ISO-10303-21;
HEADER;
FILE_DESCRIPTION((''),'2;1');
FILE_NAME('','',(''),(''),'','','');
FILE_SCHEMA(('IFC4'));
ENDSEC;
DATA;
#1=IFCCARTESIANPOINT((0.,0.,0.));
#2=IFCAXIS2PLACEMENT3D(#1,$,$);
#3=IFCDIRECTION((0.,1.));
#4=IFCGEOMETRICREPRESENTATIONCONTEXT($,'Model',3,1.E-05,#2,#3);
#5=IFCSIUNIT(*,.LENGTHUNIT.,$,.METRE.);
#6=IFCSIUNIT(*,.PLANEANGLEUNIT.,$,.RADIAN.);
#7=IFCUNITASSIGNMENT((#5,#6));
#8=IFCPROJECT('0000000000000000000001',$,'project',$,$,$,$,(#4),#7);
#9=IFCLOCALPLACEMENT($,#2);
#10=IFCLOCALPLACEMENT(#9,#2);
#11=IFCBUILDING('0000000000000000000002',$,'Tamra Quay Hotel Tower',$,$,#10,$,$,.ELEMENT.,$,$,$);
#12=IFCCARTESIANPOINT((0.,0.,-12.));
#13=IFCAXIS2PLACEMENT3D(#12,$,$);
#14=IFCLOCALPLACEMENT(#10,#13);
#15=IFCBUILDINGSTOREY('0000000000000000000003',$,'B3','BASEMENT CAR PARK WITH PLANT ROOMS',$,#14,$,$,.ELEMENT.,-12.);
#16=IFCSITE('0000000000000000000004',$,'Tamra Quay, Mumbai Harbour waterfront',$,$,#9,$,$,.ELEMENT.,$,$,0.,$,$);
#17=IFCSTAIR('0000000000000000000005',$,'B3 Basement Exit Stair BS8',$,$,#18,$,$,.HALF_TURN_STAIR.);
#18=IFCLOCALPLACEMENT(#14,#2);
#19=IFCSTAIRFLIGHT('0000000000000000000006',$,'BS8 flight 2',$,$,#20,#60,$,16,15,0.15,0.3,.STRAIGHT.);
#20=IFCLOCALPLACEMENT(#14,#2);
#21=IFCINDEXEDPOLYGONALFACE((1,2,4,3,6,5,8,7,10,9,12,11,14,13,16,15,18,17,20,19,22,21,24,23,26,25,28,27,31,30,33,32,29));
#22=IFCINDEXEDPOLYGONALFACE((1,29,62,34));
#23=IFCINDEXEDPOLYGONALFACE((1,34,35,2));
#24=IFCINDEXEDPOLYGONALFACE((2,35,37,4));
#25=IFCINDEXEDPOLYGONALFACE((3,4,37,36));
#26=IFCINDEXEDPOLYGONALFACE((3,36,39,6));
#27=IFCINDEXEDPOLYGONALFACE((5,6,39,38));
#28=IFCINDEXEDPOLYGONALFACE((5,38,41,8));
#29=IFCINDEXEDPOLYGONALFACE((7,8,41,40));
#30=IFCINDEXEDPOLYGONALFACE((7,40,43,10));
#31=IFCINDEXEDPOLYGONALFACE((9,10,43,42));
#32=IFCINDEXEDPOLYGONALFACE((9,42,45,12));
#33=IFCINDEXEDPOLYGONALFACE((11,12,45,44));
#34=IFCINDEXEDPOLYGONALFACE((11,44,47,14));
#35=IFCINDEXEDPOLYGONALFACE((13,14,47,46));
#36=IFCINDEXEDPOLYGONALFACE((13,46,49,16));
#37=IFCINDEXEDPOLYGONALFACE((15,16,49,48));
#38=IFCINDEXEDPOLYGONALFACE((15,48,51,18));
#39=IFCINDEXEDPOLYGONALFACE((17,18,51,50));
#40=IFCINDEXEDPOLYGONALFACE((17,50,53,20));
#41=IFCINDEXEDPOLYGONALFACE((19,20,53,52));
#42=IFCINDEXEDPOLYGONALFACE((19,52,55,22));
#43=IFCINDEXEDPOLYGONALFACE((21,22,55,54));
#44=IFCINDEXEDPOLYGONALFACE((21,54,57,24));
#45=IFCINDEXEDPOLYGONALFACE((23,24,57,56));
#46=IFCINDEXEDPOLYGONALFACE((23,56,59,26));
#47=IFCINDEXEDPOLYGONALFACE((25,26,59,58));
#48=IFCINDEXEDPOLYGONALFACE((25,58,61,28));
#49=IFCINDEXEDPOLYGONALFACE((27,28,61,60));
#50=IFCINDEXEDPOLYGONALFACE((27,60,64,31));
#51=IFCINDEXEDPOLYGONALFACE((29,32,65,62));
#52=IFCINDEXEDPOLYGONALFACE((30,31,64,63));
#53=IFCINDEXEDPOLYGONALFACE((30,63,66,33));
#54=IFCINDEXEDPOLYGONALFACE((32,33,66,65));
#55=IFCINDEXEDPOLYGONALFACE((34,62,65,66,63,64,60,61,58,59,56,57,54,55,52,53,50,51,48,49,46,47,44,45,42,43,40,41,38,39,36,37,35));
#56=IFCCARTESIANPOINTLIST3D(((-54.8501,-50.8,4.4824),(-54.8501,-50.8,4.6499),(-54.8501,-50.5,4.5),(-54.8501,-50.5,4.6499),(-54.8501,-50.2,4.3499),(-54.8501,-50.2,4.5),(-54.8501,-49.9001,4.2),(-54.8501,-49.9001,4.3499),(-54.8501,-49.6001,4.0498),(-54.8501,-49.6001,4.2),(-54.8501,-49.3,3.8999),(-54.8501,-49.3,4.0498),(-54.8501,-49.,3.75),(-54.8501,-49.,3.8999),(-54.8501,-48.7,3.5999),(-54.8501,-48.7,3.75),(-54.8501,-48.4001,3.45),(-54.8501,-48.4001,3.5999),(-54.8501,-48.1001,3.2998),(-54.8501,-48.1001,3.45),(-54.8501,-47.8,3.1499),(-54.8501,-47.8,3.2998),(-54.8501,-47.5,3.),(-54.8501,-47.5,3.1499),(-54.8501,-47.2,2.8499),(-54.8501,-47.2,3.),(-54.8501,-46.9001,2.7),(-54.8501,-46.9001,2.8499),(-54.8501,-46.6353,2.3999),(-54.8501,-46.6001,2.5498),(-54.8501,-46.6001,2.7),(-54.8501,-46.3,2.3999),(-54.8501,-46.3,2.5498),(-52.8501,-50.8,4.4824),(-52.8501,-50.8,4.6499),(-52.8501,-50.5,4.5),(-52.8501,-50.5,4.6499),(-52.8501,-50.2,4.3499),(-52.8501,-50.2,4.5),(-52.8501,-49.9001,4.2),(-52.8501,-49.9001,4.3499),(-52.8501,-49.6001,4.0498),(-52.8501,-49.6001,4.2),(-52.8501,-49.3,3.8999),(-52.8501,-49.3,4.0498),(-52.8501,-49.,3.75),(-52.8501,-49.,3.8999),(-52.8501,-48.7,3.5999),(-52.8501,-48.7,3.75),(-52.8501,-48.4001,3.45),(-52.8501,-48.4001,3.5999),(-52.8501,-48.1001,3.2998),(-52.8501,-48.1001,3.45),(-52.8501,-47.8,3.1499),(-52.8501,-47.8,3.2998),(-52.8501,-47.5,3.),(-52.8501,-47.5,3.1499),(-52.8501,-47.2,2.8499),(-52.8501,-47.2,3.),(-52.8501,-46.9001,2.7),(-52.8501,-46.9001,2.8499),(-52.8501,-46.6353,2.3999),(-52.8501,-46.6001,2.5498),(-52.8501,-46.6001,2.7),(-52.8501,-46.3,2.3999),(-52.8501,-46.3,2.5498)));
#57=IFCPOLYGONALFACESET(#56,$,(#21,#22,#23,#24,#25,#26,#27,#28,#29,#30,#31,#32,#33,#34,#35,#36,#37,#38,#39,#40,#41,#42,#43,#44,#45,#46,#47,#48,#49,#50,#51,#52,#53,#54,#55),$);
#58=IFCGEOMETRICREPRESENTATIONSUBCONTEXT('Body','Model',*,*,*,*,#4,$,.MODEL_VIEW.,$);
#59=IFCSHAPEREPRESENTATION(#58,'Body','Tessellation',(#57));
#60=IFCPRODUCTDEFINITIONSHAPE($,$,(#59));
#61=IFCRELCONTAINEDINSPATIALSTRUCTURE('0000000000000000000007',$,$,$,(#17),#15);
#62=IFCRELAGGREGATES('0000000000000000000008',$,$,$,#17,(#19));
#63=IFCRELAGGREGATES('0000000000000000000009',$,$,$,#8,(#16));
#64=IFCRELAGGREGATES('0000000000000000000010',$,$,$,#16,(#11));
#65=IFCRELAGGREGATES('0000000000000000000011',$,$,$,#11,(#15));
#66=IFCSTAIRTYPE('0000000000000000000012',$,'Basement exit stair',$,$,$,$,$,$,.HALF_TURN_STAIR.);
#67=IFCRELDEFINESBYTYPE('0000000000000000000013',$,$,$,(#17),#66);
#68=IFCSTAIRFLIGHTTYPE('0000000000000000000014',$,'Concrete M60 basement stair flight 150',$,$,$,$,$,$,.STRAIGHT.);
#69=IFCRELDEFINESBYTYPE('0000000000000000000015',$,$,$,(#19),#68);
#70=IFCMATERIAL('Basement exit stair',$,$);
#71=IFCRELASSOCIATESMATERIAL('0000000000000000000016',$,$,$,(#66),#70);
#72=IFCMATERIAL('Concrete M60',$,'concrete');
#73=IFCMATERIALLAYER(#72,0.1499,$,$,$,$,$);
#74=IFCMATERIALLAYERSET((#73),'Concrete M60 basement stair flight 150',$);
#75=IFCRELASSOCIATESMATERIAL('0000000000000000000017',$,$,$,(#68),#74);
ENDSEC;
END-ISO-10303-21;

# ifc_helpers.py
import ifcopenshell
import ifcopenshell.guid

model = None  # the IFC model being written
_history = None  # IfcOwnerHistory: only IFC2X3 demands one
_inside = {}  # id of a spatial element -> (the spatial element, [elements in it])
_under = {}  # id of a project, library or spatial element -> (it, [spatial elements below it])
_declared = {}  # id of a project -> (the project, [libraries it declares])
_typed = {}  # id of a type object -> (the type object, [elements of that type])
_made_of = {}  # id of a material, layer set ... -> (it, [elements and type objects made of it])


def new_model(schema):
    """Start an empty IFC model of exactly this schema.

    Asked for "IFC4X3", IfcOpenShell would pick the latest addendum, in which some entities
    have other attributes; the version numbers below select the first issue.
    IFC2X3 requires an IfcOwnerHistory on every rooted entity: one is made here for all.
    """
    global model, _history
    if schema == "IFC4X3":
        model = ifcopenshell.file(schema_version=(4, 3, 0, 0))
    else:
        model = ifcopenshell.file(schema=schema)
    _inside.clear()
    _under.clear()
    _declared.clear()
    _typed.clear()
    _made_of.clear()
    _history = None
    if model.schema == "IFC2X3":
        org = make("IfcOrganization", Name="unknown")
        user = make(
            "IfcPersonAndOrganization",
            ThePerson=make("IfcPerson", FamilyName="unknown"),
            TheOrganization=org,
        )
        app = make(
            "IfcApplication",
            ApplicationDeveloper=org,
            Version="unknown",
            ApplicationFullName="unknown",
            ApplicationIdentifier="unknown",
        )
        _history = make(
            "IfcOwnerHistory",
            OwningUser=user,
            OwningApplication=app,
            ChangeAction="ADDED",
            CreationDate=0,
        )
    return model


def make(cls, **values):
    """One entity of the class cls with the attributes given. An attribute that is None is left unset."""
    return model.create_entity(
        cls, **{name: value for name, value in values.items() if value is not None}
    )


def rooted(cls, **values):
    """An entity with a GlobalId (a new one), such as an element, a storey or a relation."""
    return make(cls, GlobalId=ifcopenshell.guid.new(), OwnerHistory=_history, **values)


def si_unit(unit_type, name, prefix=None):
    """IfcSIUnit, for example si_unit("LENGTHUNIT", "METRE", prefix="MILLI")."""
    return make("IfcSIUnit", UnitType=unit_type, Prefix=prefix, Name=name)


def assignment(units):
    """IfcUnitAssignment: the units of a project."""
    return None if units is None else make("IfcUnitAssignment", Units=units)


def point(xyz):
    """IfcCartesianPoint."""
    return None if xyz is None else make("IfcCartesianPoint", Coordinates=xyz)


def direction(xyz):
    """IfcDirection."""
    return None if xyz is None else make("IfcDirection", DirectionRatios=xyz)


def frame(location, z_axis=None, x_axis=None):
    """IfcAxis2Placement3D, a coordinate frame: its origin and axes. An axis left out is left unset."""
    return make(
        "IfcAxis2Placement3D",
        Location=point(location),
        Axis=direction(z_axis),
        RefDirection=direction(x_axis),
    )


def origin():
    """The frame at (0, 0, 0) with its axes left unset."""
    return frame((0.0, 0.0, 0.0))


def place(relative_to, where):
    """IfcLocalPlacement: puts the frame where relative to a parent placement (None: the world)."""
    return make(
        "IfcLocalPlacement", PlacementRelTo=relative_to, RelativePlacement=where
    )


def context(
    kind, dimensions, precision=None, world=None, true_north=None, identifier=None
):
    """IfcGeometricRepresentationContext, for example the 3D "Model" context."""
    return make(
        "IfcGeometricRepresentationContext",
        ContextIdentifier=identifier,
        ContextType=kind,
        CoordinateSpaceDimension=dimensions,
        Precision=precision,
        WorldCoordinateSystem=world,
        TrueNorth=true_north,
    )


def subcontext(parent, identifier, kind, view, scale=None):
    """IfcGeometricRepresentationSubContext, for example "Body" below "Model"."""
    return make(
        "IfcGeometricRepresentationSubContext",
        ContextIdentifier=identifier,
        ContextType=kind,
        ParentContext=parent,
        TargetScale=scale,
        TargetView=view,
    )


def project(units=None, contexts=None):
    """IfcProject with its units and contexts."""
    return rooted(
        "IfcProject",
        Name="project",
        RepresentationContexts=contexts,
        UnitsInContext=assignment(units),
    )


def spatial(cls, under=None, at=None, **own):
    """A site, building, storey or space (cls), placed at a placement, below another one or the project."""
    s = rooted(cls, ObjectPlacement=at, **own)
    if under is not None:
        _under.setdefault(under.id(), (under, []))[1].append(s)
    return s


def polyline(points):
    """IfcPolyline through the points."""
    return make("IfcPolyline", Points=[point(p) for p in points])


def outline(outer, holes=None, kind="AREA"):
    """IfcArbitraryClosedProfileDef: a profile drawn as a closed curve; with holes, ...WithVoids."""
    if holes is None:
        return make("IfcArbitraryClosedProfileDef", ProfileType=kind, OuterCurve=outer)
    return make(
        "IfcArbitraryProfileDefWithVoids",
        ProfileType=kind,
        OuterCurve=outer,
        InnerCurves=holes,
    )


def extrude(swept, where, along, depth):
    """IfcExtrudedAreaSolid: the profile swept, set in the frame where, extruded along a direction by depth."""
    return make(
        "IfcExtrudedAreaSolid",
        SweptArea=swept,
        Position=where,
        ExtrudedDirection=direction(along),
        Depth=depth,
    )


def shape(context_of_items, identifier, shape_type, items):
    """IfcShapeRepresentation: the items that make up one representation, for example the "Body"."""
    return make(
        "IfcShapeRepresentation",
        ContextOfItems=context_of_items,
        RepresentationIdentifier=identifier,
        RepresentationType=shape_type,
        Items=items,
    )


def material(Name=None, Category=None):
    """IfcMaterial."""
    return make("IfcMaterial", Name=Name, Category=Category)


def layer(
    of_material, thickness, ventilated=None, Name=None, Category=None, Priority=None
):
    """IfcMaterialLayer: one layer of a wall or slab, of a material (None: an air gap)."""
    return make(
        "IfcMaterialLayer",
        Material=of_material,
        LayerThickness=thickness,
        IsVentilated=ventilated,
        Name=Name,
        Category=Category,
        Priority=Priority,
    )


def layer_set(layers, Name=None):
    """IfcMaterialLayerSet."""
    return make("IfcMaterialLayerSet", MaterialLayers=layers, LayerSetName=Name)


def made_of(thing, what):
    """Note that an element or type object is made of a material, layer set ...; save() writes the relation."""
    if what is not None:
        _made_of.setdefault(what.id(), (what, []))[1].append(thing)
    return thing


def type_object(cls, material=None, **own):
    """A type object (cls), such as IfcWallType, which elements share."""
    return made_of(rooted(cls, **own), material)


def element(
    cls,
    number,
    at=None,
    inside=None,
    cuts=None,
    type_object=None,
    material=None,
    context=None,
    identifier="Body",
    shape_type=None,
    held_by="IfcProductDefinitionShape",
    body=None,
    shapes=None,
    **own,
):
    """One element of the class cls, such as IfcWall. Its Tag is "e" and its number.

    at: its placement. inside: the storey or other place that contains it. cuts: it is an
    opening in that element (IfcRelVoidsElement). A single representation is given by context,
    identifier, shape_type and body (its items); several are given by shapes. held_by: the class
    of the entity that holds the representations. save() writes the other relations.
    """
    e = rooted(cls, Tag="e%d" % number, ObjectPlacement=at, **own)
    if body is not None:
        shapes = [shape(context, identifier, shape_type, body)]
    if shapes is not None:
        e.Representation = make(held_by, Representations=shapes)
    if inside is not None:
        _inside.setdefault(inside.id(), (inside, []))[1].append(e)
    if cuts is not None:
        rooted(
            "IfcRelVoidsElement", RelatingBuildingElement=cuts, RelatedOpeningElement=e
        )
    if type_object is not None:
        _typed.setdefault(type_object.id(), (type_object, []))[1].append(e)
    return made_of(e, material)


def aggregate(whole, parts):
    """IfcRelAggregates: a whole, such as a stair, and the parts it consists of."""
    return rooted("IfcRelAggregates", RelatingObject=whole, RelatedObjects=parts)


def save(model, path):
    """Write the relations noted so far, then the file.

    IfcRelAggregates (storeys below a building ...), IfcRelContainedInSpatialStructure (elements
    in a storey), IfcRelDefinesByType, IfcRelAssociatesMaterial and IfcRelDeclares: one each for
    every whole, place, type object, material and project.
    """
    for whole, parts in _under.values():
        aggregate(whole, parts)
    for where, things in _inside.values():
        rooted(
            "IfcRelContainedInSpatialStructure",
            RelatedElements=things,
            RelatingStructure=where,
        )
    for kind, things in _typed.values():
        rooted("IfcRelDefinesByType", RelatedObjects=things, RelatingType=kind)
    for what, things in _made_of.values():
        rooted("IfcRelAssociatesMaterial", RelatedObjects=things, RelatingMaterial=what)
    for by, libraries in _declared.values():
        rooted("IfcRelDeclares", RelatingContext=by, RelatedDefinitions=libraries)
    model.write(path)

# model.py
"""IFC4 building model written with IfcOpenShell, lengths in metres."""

from ifc_helpers import new_model, si_unit, direction, frame, origin, place, context, subcontext, project, spatial, polyline, outline, extrude, material, layer, layer_set, type_object, element, aggregate, save


model = new_model("IFC4")

# Units and contexts
model_context = context("Model", 3, precision=1e-05, world=origin(), true_north=direction((0.0, 1.0)))
body_context = subcontext(model_context, "Body", "Model", "MODEL_VIEW")
ifc_project = project(units=[si_unit("LENGTHUNIT", "METRE"), si_unit("PLANEANGLEUNIT", "RADIAN")], contexts=[model_context])

# Site, building, storey
site_placement = place(None, origin())
site = spatial("IfcSite", under=ifc_project, at=site_placement, Name="Tamra Quay, Mumbai Harbour waterfront", CompositionType="ELEMENT", RefElevation=0.0)
building_placement = place(site_placement, origin())
building = spatial("IfcBuilding", under=site, at=building_placement, Name="Tamra Quay Hotel Tower", CompositionType="ELEMENT")
storey_placement = place(building_placement, frame((0.0, 0.0, -12.0)))
storey = spatial("IfcBuildingStorey", under=building, at=storey_placement, Name="B3", Description="BASEMENT CAR PARK WITH PLANT ROOMS", CompositionType="ELEMENT", Elevation=-12.0)

# Stair, stair flight
ifc_material_1 = material(Name="Basement exit stair")
stair_type = type_object("IfcStairType", Name="Basement exit stair", PredefinedType="HALF_TURN_STAIR", material=ifc_material_1)
stair_placement = place(storey_placement, origin())
stair = element("IfcStair", 1, at=stair_placement, inside=storey, type_object=stair_type, Name="B3 Basement Exit Stair BS8", PredefinedType="HALF_TURN_STAIR")
ifc_material_2 = material(Name="Concrete M60", Category="concrete")
ifc_layer_1 = layer(ifc_material_2, 0.1499)
ifc_layer_set_1 = layer_set([ifc_layer_1], Name="Concrete M60 basement stair flight 150")
stair_flight_type = type_object("IfcStairFlightType", Name="Concrete M60 basement stair flight 150", PredefinedType="STRAIGHT", material=ifc_layer_set_1)
stair_flight_placement = place(storey_placement, frame((-53.8501, -46.3, 2.3999), z_axis=(0.0, 0.0, 1.0), x_axis=(0.0, -1.0, 0.0)))
stair_flight = element("IfcStairFlight", 2, at=stair_flight_placement, type_object=stair_flight_type, Name="BS8 flight 2", NumberOfRisers=16, NumberOfTreads=15, PredefinedType="STRAIGHT", RiserHeight=0.15, TreadLength=0.3, context=body_context, shape_type="SweptSolid", body=[
    extrude(outline(polyline([(0.0, 0.0), (0.0, 0.1499), (0.3, 0.1499), (0.3, 0.3), (0.6001, 0.3), (0.6001, 0.45), (0.8999, 0.45), (0.8999, 0.6001), (1.2, 0.6001), (1.2, 0.75), (1.5, 0.75), (1.5, 0.8999), (1.8, 0.8999), (1.8, 1.05), (2.1001, 1.05), (2.1001, 1.2), (2.3999, 1.2), (2.3999, 1.3501), (2.7, 1.3501), (2.7, 1.5), (3.0, 1.5), (3.0, 1.6499), (3.3, 1.6499), (3.3, 1.8), (3.6001, 1.8), (3.6001, 1.95), (3.8999, 1.95), (3.8999, 2.1001), (4.2, 2.1001), (4.2, 2.25), (4.5, 2.25), (4.5, 2.3999), (4.5, 2.0825), (0.3352, 0.0), (0.0, 0.0)])), frame((0.0, 1.0, 0.0), z_axis=(0.0, -1.0, 0.0), x_axis=(1.0, 0.0, 0.0)), (0.0, 0.0, 1.0), 2.0),
])
aggregate(stair, [stair_flight])

save(model, "model.ifc")
